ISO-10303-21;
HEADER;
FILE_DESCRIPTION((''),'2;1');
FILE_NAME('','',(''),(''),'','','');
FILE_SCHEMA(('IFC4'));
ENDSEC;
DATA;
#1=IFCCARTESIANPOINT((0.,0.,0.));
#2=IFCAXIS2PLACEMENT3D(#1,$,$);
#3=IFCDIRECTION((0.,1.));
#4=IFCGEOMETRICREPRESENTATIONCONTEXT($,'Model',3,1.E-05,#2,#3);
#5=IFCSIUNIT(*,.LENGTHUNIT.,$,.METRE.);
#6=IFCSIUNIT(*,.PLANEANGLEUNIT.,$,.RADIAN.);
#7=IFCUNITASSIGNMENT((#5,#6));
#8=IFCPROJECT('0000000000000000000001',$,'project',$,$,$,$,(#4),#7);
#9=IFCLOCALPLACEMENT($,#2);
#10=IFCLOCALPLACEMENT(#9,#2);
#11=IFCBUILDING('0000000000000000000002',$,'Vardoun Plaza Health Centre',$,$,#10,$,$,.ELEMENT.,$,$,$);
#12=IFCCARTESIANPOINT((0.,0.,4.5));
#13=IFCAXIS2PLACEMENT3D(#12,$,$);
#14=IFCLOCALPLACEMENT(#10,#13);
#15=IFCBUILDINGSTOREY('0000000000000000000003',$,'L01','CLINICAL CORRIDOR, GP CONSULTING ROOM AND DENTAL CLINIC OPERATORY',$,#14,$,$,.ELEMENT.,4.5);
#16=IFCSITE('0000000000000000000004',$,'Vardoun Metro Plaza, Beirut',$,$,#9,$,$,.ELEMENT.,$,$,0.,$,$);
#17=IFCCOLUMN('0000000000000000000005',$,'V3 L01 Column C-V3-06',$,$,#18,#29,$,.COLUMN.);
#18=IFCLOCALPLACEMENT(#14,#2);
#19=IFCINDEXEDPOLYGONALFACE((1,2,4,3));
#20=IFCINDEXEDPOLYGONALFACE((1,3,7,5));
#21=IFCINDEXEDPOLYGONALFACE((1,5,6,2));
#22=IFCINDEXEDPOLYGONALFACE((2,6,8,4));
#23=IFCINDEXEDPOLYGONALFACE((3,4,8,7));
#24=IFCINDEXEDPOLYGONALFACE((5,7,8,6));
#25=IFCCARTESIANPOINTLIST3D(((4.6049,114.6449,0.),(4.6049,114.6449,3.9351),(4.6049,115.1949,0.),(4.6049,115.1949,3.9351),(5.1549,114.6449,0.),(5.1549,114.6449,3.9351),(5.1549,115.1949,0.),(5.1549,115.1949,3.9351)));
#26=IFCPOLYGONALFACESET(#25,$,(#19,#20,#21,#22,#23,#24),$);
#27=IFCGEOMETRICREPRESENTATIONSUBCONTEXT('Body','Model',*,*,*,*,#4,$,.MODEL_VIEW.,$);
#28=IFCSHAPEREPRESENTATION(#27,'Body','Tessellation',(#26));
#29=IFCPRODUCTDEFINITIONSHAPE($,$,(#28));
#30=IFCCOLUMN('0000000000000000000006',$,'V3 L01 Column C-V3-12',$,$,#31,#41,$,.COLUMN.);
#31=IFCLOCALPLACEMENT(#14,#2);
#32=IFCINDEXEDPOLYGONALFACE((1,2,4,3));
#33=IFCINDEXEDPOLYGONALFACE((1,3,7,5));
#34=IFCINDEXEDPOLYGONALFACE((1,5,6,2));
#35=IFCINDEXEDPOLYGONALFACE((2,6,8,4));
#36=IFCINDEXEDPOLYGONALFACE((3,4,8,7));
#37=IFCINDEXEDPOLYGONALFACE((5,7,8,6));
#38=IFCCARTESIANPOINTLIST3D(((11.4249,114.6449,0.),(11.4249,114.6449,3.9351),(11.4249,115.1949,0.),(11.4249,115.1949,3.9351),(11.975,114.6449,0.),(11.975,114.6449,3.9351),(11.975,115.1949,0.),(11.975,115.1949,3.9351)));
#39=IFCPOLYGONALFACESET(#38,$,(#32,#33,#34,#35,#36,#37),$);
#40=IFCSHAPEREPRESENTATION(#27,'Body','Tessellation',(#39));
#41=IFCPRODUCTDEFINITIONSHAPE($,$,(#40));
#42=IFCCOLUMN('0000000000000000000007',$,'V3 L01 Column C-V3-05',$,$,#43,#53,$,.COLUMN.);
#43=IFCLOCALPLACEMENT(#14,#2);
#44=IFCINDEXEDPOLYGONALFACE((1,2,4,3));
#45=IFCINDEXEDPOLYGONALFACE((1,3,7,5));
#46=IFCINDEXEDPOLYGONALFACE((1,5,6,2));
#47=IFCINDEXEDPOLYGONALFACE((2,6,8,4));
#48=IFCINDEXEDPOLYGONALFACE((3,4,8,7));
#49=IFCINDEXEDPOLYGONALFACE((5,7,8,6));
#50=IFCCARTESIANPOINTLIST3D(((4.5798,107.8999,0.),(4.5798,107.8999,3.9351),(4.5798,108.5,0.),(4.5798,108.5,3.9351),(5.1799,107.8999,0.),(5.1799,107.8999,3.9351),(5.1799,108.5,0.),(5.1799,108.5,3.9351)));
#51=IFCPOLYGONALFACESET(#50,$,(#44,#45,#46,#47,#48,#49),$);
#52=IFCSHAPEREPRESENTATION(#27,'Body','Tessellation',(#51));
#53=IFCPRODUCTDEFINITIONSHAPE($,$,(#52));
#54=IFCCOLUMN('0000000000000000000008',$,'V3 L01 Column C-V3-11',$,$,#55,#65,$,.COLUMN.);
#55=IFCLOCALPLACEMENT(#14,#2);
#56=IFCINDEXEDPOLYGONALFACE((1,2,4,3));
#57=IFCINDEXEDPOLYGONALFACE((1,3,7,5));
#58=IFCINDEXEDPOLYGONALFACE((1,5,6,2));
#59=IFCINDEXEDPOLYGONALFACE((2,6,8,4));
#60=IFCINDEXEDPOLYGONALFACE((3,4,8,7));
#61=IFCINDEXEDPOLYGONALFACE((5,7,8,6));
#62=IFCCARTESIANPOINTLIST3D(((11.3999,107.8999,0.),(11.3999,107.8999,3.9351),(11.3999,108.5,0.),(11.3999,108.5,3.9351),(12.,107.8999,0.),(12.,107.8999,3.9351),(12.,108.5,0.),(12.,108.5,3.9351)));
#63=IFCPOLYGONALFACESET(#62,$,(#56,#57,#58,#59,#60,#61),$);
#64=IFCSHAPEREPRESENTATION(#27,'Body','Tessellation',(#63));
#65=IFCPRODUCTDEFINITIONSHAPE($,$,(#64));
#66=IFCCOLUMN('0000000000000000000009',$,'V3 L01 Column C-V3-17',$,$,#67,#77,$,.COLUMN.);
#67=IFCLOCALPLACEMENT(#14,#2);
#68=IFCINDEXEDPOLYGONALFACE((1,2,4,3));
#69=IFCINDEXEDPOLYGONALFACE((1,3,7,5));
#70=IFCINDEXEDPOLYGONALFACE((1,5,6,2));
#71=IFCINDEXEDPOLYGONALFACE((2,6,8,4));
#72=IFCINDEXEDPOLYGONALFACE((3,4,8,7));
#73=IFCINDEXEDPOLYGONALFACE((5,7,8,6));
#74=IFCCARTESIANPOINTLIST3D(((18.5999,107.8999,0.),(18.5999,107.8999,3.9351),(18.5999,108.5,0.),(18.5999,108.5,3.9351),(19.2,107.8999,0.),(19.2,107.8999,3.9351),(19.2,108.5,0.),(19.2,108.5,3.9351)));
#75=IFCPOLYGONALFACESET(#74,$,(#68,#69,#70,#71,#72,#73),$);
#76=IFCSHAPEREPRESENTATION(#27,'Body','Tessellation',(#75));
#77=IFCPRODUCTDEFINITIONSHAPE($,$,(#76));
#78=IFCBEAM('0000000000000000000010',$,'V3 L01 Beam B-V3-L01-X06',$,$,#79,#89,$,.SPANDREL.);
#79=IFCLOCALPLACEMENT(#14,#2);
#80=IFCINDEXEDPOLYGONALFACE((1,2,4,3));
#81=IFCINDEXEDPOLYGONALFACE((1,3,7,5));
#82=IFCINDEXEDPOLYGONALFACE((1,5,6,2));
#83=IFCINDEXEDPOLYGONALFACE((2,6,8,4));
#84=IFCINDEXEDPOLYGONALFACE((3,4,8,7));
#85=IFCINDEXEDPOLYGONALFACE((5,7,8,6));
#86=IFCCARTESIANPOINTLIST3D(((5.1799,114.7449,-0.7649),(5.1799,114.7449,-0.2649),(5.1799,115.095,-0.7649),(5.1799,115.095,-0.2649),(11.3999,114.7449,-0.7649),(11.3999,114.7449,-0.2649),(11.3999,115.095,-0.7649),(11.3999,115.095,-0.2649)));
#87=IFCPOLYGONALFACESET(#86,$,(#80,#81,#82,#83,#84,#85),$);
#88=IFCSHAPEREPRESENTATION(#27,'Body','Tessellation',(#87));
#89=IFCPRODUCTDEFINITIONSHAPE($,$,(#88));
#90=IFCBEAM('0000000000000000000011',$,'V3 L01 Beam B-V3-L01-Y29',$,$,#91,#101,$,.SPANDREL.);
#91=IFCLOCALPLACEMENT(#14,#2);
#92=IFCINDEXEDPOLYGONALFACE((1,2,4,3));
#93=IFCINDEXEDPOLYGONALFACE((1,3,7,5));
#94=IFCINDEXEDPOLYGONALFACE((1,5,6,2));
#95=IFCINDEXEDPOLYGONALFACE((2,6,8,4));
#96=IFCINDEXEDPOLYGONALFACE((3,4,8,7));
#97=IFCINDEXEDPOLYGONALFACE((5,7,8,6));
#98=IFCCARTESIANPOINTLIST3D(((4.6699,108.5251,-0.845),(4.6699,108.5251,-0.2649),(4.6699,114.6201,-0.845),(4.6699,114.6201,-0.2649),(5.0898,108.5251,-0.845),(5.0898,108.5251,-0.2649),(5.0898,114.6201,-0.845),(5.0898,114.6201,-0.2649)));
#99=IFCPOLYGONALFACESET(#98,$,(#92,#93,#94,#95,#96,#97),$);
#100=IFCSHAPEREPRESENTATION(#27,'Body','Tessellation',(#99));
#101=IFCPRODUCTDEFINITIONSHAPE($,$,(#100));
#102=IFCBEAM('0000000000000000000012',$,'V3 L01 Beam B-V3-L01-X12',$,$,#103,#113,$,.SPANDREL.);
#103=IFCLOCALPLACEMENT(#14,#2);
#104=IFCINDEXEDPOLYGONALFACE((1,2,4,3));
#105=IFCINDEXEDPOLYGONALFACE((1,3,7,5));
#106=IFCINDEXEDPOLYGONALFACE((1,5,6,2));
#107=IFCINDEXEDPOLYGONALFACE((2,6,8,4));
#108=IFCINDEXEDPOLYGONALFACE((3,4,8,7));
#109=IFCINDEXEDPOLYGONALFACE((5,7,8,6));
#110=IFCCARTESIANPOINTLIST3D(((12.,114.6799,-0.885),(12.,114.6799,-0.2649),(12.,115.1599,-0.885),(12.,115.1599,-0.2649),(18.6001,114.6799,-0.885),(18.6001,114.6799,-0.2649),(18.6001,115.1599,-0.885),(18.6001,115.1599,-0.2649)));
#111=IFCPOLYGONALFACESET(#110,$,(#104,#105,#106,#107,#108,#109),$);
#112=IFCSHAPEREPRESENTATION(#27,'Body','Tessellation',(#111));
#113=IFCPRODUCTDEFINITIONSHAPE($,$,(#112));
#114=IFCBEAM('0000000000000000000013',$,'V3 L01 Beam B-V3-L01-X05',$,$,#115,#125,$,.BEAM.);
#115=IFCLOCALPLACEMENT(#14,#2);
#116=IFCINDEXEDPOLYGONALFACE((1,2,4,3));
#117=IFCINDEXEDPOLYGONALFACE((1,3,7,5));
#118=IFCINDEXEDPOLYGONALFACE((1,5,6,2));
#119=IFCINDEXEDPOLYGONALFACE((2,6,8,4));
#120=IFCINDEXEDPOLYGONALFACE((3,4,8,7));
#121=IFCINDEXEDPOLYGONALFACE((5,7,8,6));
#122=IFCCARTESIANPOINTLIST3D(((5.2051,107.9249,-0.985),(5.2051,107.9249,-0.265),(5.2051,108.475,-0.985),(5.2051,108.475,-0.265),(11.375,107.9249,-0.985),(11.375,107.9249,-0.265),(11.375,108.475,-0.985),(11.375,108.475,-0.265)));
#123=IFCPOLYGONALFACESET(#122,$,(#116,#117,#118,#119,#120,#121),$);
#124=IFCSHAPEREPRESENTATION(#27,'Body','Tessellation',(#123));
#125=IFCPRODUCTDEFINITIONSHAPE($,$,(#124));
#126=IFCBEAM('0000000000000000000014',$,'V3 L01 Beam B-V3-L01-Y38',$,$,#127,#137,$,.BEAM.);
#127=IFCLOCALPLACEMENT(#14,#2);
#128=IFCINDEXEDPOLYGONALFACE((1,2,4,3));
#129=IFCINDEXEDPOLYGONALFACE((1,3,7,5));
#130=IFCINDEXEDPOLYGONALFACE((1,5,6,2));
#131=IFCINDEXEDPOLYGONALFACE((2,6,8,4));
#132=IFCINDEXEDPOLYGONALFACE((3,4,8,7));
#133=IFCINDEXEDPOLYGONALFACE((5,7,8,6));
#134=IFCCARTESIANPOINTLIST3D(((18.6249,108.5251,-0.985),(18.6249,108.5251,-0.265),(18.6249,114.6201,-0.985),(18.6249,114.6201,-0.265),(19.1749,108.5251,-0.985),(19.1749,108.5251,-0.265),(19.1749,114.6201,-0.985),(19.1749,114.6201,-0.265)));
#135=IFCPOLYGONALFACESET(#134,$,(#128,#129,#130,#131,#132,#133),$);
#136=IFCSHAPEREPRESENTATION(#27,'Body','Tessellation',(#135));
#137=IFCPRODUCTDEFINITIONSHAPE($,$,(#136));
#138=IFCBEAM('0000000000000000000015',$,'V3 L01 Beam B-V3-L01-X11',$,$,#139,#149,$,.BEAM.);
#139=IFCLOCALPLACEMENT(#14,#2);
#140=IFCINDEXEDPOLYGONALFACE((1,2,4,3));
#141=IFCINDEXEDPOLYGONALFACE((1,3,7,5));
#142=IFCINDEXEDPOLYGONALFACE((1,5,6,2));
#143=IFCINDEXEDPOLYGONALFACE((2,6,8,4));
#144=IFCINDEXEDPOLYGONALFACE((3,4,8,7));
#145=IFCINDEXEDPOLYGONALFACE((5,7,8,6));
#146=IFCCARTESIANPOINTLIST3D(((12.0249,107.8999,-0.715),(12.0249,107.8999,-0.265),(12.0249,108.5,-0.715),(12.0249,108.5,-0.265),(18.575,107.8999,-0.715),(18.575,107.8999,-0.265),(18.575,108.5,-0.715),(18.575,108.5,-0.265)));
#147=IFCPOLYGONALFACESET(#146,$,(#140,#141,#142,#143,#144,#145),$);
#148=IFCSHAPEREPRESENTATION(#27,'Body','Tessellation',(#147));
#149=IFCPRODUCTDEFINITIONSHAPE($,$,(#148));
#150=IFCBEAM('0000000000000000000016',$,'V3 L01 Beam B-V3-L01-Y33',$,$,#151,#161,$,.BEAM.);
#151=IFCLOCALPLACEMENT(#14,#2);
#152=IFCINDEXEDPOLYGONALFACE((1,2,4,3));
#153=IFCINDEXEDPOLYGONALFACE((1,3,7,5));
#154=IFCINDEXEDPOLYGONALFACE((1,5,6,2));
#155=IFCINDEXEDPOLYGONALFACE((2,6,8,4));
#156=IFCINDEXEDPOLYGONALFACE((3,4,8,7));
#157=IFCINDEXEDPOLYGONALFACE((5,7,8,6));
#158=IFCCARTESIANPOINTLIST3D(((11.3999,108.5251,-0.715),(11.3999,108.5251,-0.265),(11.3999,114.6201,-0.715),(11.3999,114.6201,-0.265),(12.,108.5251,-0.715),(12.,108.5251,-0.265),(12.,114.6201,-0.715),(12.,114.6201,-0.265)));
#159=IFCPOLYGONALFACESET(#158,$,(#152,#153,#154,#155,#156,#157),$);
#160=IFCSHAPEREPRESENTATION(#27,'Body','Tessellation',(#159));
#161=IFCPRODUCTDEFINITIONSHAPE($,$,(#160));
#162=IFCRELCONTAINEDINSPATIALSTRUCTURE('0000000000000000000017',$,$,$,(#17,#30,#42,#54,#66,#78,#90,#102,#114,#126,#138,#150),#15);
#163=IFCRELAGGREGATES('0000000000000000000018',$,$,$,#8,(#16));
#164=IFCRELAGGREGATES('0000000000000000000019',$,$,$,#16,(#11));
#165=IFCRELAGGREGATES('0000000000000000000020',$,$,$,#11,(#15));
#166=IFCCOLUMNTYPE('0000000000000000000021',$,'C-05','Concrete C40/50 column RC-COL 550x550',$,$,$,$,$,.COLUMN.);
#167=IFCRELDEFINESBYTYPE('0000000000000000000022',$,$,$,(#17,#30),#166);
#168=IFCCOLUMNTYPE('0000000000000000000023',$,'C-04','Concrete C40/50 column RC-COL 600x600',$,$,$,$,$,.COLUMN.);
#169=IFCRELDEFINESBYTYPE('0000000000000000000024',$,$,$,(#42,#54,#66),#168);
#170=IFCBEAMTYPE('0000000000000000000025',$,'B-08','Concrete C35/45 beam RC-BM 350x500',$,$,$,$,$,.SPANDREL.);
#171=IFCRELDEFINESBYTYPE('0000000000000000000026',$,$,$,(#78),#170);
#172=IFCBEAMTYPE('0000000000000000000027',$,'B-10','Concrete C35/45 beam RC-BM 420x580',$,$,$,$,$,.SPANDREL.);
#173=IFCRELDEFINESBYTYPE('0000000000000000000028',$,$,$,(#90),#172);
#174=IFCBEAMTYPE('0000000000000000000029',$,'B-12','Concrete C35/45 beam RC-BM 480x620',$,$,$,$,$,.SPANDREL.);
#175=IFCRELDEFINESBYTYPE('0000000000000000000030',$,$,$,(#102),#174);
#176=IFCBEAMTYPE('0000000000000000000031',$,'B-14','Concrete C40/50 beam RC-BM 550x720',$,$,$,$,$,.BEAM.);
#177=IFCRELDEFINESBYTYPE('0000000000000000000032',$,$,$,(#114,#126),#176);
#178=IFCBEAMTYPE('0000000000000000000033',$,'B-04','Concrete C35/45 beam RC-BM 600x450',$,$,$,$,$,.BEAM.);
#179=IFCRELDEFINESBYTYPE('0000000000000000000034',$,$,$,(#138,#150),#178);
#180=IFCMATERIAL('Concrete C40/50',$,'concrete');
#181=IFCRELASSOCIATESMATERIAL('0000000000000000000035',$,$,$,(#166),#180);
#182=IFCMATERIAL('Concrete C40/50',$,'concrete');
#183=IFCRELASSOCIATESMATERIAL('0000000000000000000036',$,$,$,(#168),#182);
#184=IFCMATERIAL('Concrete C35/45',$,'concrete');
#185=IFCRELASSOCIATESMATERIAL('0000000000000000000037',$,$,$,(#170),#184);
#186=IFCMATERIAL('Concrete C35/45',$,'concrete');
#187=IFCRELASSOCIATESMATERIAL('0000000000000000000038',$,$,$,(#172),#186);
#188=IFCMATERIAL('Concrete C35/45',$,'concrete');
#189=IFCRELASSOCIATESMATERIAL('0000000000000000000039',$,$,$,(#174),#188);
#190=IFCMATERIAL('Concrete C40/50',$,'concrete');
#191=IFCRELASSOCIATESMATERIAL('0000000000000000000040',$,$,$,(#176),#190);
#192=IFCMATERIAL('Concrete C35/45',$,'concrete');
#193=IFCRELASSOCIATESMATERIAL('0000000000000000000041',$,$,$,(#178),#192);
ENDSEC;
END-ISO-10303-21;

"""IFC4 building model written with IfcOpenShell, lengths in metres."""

from ifc_helpers import new_model, si_unit, direction, frame, origin, origin_2d, place, context, subcontext, project, spatial, rectangle, extrude, material, material_profile, profile_set, type_object, element, save


model = new_model("IFC4")

# Units and contexts
model_context = context("Model", 3, precision=1e-05, world=origin(), true_north=direction((0.0, 1.0)))
body_context = subcontext(model_context, "Body", "Model", "MODEL_VIEW")
ifc_project = project(units=[si_unit("LENGTHUNIT", "METRE"), si_unit("PLANEANGLEUNIT", "RADIAN")], contexts=[model_context])

# Site, building, storey
site_placement = place(None, origin())
site = spatial("IfcSite", under=ifc_project, at=site_placement, Name="Vardoun Metro Plaza, Beirut", CompositionType="ELEMENT", RefElevation=0.0)
building_placement = place(site_placement, origin())
building = spatial("IfcBuilding", under=site, at=building_placement, Name="Vardoun Plaza Health Centre", CompositionType="ELEMENT")
storey_placement = place(building_placement, frame((0.0, 0.0, 4.5)))
storey = spatial("IfcBuildingStorey", under=building, at=storey_placement, Name="L01", Description="CLINICAL CORRIDOR, GP CONSULTING ROOM AND DENTAL CLINIC OPERATORY", CompositionType="ELEMENT", Elevation=4.5)

# Columns
ifc_material_1 = material(Name="Concrete C40/50", Category="concrete")
ifc_material_profile_1 = material_profile(ifc_material_1, rectangle(XDim=0.55, YDim=0.55, at=origin_2d()), Name="RC-COL 550x550")
ifc_profile_set_1 = profile_set([ifc_material_profile_1], Name="Concrete C40/50")
column_type_1 = type_object("IfcColumnType", Name="C-05", Description="Concrete C40/50 column RC-COL 550x550", PredefinedType="COLUMN", material=ifc_profile_set_1)
for number, where, z_axis, x_axis, name in (
    (1, (4.8799, 114.9199, 0.0), (0.0, 0.0, 1.0), (1.0, 0.0, 0.0), "V3 L01 Column C-V3-06"),
    (2, (11.7, 114.9199, 0.0), (0.0, 0.0, 1.0), (1.0, 0.0, 0.0), "V3 L01 Column C-V3-12"),
):
    element("IfcColumn", number, at=place(storey_placement, frame(where, z_axis=z_axis, x_axis=x_axis)), inside=storey, type_object=column_type_1, Name=name, PredefinedType="COLUMN", context=body_context, shape_type="SweptSolid", body=[
        extrude(rectangle(XDim=0.55, YDim=0.55, at=origin_2d()), origin(), (0.0, 0.0, 1.0), 3.9351),
    ])
ifc_material_2 = material(Name="Concrete C40/50", Category="concrete")
ifc_material_profile_2 = material_profile(ifc_material_2, rectangle(XDim=0.6001, YDim=0.6001, at=origin_2d()), Name="RC-COL 600x600")
ifc_profile_set_2 = profile_set([ifc_material_profile_2], Name="Concrete C40/50")
column_type_2 = type_object("IfcColumnType", Name="C-04", Description="Concrete C40/50 column RC-COL 600x600", PredefinedType="COLUMN", material=ifc_profile_set_2)
for number, where, z_axis, x_axis, name in (
    (3, (4.8799, 108.2, 0.0), (0.0, 0.0, 1.0), (1.0, 0.0, 0.0), "V3 L01 Column C-V3-05"),
    (4, (11.7, 108.2, 0.0), (0.0, 0.0, 1.0), (1.0, 0.0, 0.0), "V3 L01 Column C-V3-11"),
    (5, (18.8999, 108.2, 0.0), (0.0, 0.0, 1.0), (1.0, 0.0, 0.0), "V3 L01 Column C-V3-17"),
):
    element("IfcColumn", number, at=place(storey_placement, frame(where, z_axis=z_axis, x_axis=x_axis)), inside=storey, type_object=column_type_2, Name=name, PredefinedType="COLUMN", context=body_context, shape_type="SweptSolid", body=[
        extrude(rectangle(XDim=0.6001, YDim=0.6001, at=origin_2d()), origin(), (0.0, 0.0, 1.0), 3.9351),
    ])

# Beams
ifc_material_3 = material(Name="Concrete C35/45", Category="concrete")
ifc_material_profile_3 = material_profile(ifc_material_3, rectangle(XDim=0.3501, YDim=0.5, at=origin_2d()), Name="RC-BM 350x500")
ifc_profile_set_3 = profile_set([ifc_material_profile_3], Name="Concrete C35/45")
beam_type_1 = type_object("IfcBeamType", Name="B-08", Description="Concrete C35/45 beam RC-BM 350x500", PredefinedType="SPANDREL", material=ifc_profile_set_3)
beam_1_placement = place(storey_placement, frame((5.1799, 114.9199, -0.5149), z_axis=(1.0, 0.0, 0.0), x_axis=(0.0, 1.0, 0.0)))
element("IfcBeam", 6, at=beam_1_placement, inside=storey, type_object=beam_type_1, Name="V3 L01 Beam B-V3-L01-X06", PredefinedType="SPANDREL", context=body_context, shape_type="SweptSolid", body=[
    extrude(rectangle(XDim=0.3501, YDim=0.5, at=origin_2d()), origin(), (0.0, 0.0, 1.0), 6.22),
])
ifc_material_4 = material(Name="Concrete C35/45", Category="concrete")
ifc_material_profile_4 = material_profile(ifc_material_4, rectangle(XDim=0.4199, YDim=0.5801, at=origin_2d()), Name="RC-BM 420x580")
ifc_profile_set_4 = profile_set([ifc_material_profile_4], Name="Concrete C35/45")
beam_type_2 = type_object("IfcBeamType", Name="B-10", Description="Concrete C35/45 beam RC-BM 420x580", PredefinedType="SPANDREL", material=ifc_profile_set_4)
beam_2_placement = place(storey_placement, frame((4.8799, 108.5251, -0.5549), z_axis=(0.0, 1.0, 0.0), x_axis=(-1.0, 0.0, 0.0)))
element("IfcBeam", 7, at=beam_2_placement, inside=storey, type_object=beam_type_2, Name="V3 L01 Beam B-V3-L01-Y29", PredefinedType="SPANDREL", context=body_context, shape_type="SweptSolid", body=[
    extrude(rectangle(XDim=0.4199, YDim=0.5801, at=origin_2d()), origin(), (0.0, 0.0, 1.0), 6.095),
])
ifc_material_5 = material(Name="Concrete C35/45", Category="concrete")
ifc_material_profile_5 = material_profile(ifc_material_5, rectangle(XDim=0.48, YDim=0.6201, at=origin_2d()), Name="RC-BM 480x620")
ifc_profile_set_5 = profile_set([ifc_material_profile_5], Name="Concrete C35/45")
beam_type_3 = type_object("IfcBeamType", Name="B-12", Description="Concrete C35/45 beam RC-BM 480x620", PredefinedType="SPANDREL", material=ifc_profile_set_5)
beam_3_placement = place(storey_placement, frame((12.0, 114.9199, -0.575), z_axis=(1.0, 0.0, 0.0), x_axis=(0.0, 1.0, 0.0)))
element("IfcBeam", 8, at=beam_3_placement, inside=storey, type_object=beam_type_3, Name="V3 L01 Beam B-V3-L01-X12", PredefinedType="SPANDREL", context=body_context, shape_type="SweptSolid", body=[
    extrude(rectangle(XDim=0.48, YDim=0.6201, at=origin_2d()), origin(), (0.0, 0.0, 1.0), 6.6001),
])
ifc_material_6 = material(Name="Concrete C40/50", Category="concrete")
ifc_material_profile_6 = material_profile(ifc_material_6, rectangle(XDim=0.55, YDim=0.72, at=origin_2d()), Name="RC-BM 550x720")
ifc_profile_set_6 = profile_set([ifc_material_profile_6], Name="Concrete C40/50")
beam_type_4 = type_object("IfcBeamType", Name="B-14", Description="Concrete C40/50 beam RC-BM 550x720", PredefinedType="BEAM", material=ifc_profile_set_6)
beam_4_placement = place(storey_placement, frame((5.2051, 108.2, -0.625), z_axis=(1.0, 0.0, 0.0), x_axis=(0.0, 1.0, 0.0)))
element("IfcBeam", 9, at=beam_4_placement, inside=storey, type_object=beam_type_4, Name="V3 L01 Beam B-V3-L01-X05", PredefinedType="BEAM", context=body_context, shape_type="SweptSolid", body=[
    extrude(rectangle(XDim=0.55, YDim=0.72, at=origin_2d()), origin(), (0.0, 0.0, 1.0), 6.1699),
])
beam_5_placement = place(storey_placement, frame((18.8999, 108.5251, -0.625), z_axis=(0.0, 1.0, 0.0), x_axis=(-1.0, 0.0, 0.0)))
element("IfcBeam", 10, at=beam_5_placement, inside=storey, type_object=beam_type_4, Name="V3 L01 Beam B-V3-L01-Y38", PredefinedType="BEAM", context=body_context, shape_type="SweptSolid", body=[
    extrude(rectangle(XDim=0.55, YDim=0.72, at=origin_2d()), origin(), (0.0, 0.0, 1.0), 6.095),
])
ifc_material_7 = material(Name="Concrete C35/45", Category="concrete")
ifc_material_profile_7 = material_profile(ifc_material_7, rectangle(XDim=0.6001, YDim=0.45, at=origin_2d()), Name="RC-BM 600x450")
ifc_profile_set_7 = profile_set([ifc_material_profile_7], Name="Concrete C35/45")
beam_type_5 = type_object("IfcBeamType", Name="B-04", Description="Concrete C35/45 beam RC-BM 600x450", PredefinedType="BEAM", material=ifc_profile_set_7)
beam_6_placement = place(storey_placement, frame((12.0249, 108.2, -0.49), z_axis=(1.0, 0.0, 0.0), x_axis=(0.0, 1.0, 0.0)))
element("IfcBeam", 11, at=beam_6_placement, inside=storey, type_object=beam_type_5, Name="V3 L01 Beam B-V3-L01-X11", PredefinedType="BEAM", context=body_context, shape_type="SweptSolid", body=[
    extrude(rectangle(XDim=0.6001, YDim=0.45, at=origin_2d()), origin(), (0.0, 0.0, 1.0), 6.55),
])
beam_7_placement = place(storey_placement, frame((11.7, 108.5251, -0.49), z_axis=(0.0, 1.0, 0.0), x_axis=(-1.0, 0.0, 0.0)))
element("IfcBeam", 12, at=beam_7_placement, inside=storey, type_object=beam_type_5, Name="V3 L01 Beam B-V3-L01-Y33", PredefinedType="BEAM", context=body_context, shape_type="SweptSolid", body=[
    extrude(rectangle(XDim=0.6001, YDim=0.45, at=origin_2d()), origin(), (0.0, 0.0, 1.0), 6.095),
])

save(model, "model.ifc")
